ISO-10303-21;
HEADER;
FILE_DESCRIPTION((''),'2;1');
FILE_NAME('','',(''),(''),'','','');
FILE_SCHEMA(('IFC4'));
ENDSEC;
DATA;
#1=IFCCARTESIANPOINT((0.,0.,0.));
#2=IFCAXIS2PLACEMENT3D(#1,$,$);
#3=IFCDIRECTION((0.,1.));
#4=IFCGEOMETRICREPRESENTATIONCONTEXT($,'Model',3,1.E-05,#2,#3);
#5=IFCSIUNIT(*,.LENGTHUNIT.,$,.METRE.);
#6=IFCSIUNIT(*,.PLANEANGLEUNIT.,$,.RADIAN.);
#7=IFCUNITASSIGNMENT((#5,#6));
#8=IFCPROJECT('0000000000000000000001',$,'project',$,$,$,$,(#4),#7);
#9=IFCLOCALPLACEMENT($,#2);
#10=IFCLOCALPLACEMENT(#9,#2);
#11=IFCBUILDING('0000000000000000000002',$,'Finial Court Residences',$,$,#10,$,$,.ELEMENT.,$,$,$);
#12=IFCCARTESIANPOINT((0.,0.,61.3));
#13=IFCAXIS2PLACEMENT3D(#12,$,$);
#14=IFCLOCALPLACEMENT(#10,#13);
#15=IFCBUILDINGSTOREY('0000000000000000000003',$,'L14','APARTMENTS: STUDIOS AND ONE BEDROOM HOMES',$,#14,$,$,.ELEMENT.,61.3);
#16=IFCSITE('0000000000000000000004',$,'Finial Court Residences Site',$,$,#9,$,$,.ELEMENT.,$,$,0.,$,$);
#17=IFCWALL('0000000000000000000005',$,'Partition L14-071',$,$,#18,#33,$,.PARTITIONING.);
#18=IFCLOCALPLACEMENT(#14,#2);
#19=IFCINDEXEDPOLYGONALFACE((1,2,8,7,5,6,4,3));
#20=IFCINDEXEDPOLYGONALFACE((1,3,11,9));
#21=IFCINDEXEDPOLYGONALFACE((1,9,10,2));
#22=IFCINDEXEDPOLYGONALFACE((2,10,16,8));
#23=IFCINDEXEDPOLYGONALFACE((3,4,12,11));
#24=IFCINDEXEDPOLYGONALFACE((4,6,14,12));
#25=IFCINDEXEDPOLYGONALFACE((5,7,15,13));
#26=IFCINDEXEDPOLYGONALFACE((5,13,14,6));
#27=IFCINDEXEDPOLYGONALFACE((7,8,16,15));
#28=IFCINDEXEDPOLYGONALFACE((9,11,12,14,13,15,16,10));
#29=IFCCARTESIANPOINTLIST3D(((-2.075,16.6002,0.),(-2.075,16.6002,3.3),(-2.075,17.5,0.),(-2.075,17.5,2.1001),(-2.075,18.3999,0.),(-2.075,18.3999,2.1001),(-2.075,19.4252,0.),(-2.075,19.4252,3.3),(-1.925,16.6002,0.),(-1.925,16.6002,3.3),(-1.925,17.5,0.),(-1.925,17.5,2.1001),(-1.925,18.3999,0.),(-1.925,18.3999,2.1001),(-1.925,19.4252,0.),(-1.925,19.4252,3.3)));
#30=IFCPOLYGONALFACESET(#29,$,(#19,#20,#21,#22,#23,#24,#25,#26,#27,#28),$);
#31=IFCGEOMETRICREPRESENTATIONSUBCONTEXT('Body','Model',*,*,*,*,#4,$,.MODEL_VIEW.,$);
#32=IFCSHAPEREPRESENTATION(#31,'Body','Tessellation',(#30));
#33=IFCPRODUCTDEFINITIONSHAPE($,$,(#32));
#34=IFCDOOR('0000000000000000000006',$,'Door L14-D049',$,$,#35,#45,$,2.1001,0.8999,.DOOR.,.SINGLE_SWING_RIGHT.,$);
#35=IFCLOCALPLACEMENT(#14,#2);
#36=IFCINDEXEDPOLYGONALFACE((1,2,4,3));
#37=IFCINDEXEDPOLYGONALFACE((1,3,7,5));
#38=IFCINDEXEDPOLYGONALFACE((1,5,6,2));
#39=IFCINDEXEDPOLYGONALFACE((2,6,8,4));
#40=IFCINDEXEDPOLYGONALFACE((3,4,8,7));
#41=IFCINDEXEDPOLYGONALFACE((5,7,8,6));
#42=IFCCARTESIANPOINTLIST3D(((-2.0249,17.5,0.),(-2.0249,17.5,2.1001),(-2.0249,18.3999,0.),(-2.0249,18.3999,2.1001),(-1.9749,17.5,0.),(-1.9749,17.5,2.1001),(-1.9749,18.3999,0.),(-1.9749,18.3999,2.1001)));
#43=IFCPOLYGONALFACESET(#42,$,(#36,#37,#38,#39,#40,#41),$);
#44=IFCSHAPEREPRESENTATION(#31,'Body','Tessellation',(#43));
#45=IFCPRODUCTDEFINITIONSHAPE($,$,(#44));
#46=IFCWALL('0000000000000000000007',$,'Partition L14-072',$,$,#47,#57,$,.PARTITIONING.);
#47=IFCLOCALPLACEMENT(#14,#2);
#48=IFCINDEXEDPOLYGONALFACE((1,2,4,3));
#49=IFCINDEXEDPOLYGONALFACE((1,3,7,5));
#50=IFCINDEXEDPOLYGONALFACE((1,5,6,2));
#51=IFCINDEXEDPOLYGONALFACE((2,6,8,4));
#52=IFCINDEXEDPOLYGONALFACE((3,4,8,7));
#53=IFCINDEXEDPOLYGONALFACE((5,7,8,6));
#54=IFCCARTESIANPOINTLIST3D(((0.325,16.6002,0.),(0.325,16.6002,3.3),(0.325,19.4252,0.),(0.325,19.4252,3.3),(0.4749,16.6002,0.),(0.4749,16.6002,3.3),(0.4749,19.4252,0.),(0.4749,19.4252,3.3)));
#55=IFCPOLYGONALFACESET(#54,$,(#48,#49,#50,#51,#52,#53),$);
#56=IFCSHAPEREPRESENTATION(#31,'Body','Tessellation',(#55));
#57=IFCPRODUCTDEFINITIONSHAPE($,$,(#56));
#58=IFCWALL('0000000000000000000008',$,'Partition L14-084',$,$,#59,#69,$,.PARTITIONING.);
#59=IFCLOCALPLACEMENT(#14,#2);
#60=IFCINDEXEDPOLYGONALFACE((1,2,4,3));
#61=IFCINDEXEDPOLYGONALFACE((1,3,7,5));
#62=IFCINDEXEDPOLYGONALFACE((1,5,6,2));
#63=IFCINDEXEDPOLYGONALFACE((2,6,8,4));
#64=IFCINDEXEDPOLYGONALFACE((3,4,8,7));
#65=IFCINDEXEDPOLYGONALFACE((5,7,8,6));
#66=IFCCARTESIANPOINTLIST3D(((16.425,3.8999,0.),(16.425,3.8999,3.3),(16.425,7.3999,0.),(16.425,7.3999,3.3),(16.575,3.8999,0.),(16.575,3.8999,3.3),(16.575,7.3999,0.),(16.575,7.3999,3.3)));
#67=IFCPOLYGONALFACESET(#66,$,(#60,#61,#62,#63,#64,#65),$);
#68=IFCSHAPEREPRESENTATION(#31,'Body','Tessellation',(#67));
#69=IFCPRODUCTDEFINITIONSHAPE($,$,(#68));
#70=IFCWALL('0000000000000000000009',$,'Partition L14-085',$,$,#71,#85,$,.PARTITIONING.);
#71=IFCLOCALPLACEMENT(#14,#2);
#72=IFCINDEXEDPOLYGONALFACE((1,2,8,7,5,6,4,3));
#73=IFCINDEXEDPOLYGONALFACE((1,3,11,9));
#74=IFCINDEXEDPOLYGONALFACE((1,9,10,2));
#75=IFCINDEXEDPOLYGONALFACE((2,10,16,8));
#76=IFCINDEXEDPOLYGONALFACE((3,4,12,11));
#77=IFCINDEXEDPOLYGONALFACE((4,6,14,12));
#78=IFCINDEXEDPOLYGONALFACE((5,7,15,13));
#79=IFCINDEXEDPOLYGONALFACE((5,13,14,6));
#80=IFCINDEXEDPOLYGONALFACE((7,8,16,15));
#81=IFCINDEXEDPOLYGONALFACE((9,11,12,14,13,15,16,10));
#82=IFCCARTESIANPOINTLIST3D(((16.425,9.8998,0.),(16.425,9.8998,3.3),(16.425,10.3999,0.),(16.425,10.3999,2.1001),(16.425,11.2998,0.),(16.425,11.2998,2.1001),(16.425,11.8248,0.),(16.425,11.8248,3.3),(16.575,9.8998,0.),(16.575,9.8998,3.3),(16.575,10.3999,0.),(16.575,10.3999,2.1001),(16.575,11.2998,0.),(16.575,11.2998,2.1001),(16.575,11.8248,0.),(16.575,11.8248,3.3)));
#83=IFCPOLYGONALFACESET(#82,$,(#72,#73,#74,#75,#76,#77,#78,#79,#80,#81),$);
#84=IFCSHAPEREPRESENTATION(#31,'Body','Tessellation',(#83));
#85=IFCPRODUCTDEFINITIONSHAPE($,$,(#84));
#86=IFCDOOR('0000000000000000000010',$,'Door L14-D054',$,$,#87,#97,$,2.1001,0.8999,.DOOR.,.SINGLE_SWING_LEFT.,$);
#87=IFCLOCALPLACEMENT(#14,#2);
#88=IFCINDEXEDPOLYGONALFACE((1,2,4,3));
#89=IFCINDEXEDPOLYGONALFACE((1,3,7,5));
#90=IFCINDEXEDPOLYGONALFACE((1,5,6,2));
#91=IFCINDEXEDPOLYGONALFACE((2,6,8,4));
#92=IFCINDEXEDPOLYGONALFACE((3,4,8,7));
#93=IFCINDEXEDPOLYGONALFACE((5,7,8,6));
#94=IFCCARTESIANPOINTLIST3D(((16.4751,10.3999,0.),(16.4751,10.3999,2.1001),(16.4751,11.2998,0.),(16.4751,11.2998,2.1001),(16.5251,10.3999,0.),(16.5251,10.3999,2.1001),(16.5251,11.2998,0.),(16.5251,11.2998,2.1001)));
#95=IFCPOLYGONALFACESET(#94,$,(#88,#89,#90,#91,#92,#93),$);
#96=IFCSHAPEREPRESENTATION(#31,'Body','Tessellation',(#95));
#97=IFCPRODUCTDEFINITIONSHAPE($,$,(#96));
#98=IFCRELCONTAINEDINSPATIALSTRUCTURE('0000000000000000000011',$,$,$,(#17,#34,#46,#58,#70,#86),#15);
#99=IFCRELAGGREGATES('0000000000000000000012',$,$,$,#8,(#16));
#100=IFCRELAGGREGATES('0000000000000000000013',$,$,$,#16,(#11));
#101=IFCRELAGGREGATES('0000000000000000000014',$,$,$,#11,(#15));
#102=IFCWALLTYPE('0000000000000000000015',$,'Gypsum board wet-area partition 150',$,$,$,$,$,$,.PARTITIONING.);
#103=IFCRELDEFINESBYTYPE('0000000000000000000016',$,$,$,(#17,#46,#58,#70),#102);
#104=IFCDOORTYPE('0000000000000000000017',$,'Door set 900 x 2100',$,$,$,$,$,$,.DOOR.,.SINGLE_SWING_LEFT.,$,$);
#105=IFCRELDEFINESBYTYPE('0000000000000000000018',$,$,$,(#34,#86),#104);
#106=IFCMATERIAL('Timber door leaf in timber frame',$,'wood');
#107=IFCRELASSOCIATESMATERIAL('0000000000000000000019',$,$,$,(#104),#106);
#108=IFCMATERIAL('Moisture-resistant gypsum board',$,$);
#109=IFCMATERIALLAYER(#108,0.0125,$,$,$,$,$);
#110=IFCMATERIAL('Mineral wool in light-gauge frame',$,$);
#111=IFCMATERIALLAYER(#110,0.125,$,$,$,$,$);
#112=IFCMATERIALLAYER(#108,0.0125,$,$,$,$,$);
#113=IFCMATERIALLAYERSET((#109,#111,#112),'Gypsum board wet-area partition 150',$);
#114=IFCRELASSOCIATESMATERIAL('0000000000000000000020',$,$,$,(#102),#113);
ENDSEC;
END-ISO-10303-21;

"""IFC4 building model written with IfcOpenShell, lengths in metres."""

from ifc_helpers import new_model, si_unit, direction, frame, frame_2d, origin, place, context, subcontext, project, spatial, rectangle, extrude, material, layer, layer_set, type_object, element, fill, save


model = new_model("IFC4")

# Units and contexts
model_context = context("Model", 3, precision=1e-05, world=origin(), true_north=direction((0.0, 1.0)))
body_context = subcontext(model_context, "Body", "Model", "MODEL_VIEW")
ifc_project = project(units=[si_unit("LENGTHUNIT", "METRE"), si_unit("PLANEANGLEUNIT", "RADIAN")], contexts=[model_context])

# Site, building, storey
site_placement = place(None, origin())
site = spatial("IfcSite", under=ifc_project, at=site_placement, Name="Finial Court Residences Site", CompositionType="ELEMENT", RefElevation=0.0)
building_placement = place(site_placement, origin())
building = spatial("IfcBuilding", under=site, at=building_placement, Name="Finial Court Residences", CompositionType="ELEMENT")
storey_placement = place(building_placement, frame((0.0, 0.0, 61.3)))
storey = spatial("IfcBuildingStorey", under=building, at=storey_placement, Name="L14", Description="APARTMENTS: STUDIOS AND ONE BEDROOM HOMES", CompositionType="ELEMENT", Elevation=61.3)

# Shared definitions
ifc_material_1 = material(Name="Mineral wool in light-gauge frame")
ifc_material_2 = material(Name="Timber door leaf in timber frame", Category="wood")
door_type = type_object("IfcDoorType", Name="Door set 900 x 2100", OperationType="SINGLE_SWING_LEFT", PredefinedType="DOOR", material=ifc_material_2)

# Shared definitions
ifc_material_3 = material(Name="Moisture-resistant gypsum board")
ifc_layer_1 = layer(ifc_material_3, 0.0125)
ifc_layer_2 = layer(ifc_material_1, 0.125)
ifc_layer_3 = layer(ifc_material_3, 0.0125)
ifc_layer_set_1 = layer_set([ifc_layer_1, ifc_layer_2, ifc_layer_3], Name="Gypsum board wet-area partition 150")
wall_type_1 = type_object("IfcWallType", Name="Gypsum board wet-area partition 150", PredefinedType="PARTITIONING", material=ifc_layer_set_1)

# Wall, opening, door
wall_1_placement = place(storey_placement, frame((-2.0, 16.6001, 0.0), z_axis=(0.0, 0.0, 1.0), x_axis=(0.0, 1.0, 0.0)))
wall_1 = element("IfcWall", 1, at=wall_1_placement, inside=storey, type_object=wall_type_1, Name="Partition L14-071", PredefinedType="PARTITIONING", context=body_context, shape_type="SweptSolid", body=[
    extrude(rectangle(XDim=2.825, YDim=0.1499, at=frame_2d((1.4126, 0.0))), origin(), (0.0, 0.0, 1.0), 3.3),
])
opening_1_placement = place(wall_1_placement, frame((0.8999, 0.0, 0.0)))
opening_1 = element("IfcOpeningElement", 2, at=opening_1_placement, cuts=wall_1, PredefinedType="OPENING", context=body_context, shape_type="SweptSolid", body=[
    extrude(rectangle(XDim=0.8999, YDim=2.1001, at=frame_2d((0.45, 1.05))), frame((0.0, 0.085, 0.0), z_axis=(0.0, -1.0, 0.0), x_axis=(1.0, 0.0, 0.0)), (0.0, 0.0, 1.0), 0.1699),
])
door_1_placement = place(opening_1_placement, origin())
door_1 = element("IfcDoor", 3, at=door_1_placement, inside=storey, type_object=door_type, Name="Door L14-D049", OperationType="SINGLE_SWING_RIGHT", OverallHeight=2.1001, OverallWidth=0.8999, PredefinedType="DOOR", context=body_context, shape_type="SweptSolid", body=[
    extrude(rectangle(XDim=0.8999, YDim=2.1001, at=frame_2d((0.45, 1.05))), frame((0.0, 0.0249, 0.0), z_axis=(0.0, -1.0, 0.0), x_axis=(1.0, 0.0, 0.0)), (0.0, 0.0, 1.0), 0.05),
])
fill(opening_1, door_1)

# Walls
wall_2_placement = place(storey_placement, frame((0.3999, 16.6001, 0.0), z_axis=(0.0, 0.0, 1.0), x_axis=(0.0, 1.0, 0.0)))
element("IfcWall", 4, at=wall_2_placement, inside=storey, type_object=wall_type_1, Name="Partition L14-072", PredefinedType="PARTITIONING", context=body_context, shape_type="SweptSolid", body=[
    extrude(rectangle(XDim=2.825, YDim=0.1499, at=frame_2d((1.4126, 0.0))), origin(), (0.0, 0.0, 1.0), 3.3),
])
wall_3_placement = place(storey_placement, frame((16.5, 3.8999, 0.0), z_axis=(0.0, 0.0, 1.0), x_axis=(0.0, 1.0, 0.0)))
element("IfcWall", 5, at=wall_3_placement, inside=storey, type_object=wall_type_1, Name="Partition L14-084", PredefinedType="PARTITIONING", context=body_context, shape_type="SweptSolid", body=[
    extrude(rectangle(XDim=3.5, YDim=0.1499, at=frame_2d((1.75, 0.0))), origin(), (0.0, 0.0, 1.0), 3.3),
])

# Wall, opening, door
wall_4_placement = place(storey_placement, frame((16.5, 9.8999, 0.0), z_axis=(0.0, 0.0, 1.0), x_axis=(0.0, 1.0, 0.0)))
wall_4 = element("IfcWall", 6, at=wall_4_placement, inside=storey, type_object=wall_type_1, Name="Partition L14-085", PredefinedType="PARTITIONING", context=body_context, shape_type="SweptSolid", body=[
    extrude(rectangle(XDim=1.925, YDim=0.1499, at=frame_2d((0.9624, 0.0))), origin(), (0.0, 0.0, 1.0), 3.3),
])
opening_2_placement = place(wall_4_placement, frame((0.5, 0.0, 0.0)))
opening_2 = element("IfcOpeningElement", 7, at=opening_2_placement, cuts=wall_4, PredefinedType="OPENING", context=body_context, shape_type="SweptSolid", body=[
    extrude(rectangle(XDim=0.8999, YDim=2.1001, at=frame_2d((0.45, 1.05))), frame((0.0, 0.085, 0.0), z_axis=(0.0, -1.0, 0.0), x_axis=(1.0, 0.0, 0.0)), (0.0, 0.0, 1.0), 0.1699),
])
door_2_placement = place(opening_2_placement, origin())
door_2 = element("IfcDoor", 8, at=door_2_placement, inside=storey, type_object=door_type, Name="Door L14-D054", OperationType="SINGLE_SWING_LEFT", OverallHeight=2.1001, OverallWidth=0.8999, PredefinedType="DOOR", context=body_context, shape_type="SweptSolid", body=[
    extrude(rectangle(XDim=0.8999, YDim=2.1001, at=frame_2d((0.45, 1.05))), frame((0.0, 0.0249, 0.0), z_axis=(0.0, -1.0, 0.0), x_axis=(1.0, 0.0, 0.0)), (0.0, 0.0, 1.0), 0.05),
])
fill(opening_2, door_2)

save(model, "model.ifc")
